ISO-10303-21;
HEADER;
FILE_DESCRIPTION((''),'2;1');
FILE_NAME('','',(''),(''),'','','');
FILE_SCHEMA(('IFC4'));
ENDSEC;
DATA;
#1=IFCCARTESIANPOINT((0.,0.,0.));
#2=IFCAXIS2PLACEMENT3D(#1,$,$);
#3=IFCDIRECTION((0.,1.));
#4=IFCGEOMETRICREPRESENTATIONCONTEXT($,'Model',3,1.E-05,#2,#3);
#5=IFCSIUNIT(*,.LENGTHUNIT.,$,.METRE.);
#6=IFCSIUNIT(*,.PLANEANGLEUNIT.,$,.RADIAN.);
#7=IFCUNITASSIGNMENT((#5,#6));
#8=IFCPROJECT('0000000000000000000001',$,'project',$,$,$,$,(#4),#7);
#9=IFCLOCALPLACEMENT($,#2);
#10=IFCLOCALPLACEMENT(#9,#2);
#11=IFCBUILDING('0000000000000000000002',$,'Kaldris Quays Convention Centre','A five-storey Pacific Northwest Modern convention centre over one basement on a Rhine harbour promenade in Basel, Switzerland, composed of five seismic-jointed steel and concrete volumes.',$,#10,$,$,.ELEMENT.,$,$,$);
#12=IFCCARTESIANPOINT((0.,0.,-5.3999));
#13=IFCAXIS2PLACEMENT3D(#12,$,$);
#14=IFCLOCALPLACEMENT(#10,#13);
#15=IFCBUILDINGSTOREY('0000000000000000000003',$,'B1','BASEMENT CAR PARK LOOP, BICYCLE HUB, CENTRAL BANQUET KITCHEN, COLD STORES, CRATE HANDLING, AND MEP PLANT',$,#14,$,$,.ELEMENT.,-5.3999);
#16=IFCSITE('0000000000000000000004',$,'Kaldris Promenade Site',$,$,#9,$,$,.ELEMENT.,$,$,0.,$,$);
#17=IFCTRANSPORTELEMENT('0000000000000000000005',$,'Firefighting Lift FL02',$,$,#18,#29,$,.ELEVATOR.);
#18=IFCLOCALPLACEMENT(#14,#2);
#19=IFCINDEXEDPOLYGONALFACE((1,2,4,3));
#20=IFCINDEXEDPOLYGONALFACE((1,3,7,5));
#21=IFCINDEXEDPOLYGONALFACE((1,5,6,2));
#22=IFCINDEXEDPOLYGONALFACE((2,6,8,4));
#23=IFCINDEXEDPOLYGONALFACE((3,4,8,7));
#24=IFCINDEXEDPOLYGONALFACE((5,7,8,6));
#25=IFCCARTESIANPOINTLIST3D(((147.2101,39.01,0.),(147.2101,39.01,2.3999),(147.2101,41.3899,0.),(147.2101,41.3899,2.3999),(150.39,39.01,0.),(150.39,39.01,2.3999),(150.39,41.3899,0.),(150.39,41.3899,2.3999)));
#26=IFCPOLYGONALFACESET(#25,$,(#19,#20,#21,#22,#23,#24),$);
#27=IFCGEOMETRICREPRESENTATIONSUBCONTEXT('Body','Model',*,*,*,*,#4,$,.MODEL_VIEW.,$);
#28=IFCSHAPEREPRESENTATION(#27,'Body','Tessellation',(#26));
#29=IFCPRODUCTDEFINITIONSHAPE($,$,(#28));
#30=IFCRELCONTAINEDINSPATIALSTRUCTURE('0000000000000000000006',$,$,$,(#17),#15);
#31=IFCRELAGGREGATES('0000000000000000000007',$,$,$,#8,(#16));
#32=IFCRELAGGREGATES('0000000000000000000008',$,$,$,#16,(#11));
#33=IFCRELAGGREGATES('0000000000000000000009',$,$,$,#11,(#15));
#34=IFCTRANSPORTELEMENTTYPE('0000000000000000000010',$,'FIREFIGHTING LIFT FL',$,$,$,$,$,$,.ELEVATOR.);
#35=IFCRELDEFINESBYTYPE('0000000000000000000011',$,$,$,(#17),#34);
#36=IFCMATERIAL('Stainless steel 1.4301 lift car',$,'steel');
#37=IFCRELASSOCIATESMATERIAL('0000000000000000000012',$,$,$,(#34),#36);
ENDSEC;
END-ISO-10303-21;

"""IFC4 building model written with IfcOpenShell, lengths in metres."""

from ifc_helpers import new_model, si_unit, direction, frame, origin, origin_2d, place, context, subcontext, project, spatial, rectangle, extrude, material, type_object, element, save


model = new_model("IFC4")

# Units and contexts
model_context = context("Model", 3, precision=1e-05, world=origin(), true_north=direction((0.0, 1.0)))
body_context = subcontext(model_context, "Body", "Model", "MODEL_VIEW")
ifc_project = project(units=[si_unit("LENGTHUNIT", "METRE"), si_unit("PLANEANGLEUNIT", "RADIAN")], contexts=[model_context])

# Site, building, storey
site_placement = place(None, origin())
site = spatial("IfcSite", under=ifc_project, at=site_placement, Name="Kaldris Promenade Site", CompositionType="ELEMENT", RefElevation=0.0)
building_placement = place(site_placement, origin())
building = spatial("IfcBuilding", under=site, at=building_placement, Name="Kaldris Quays Convention Centre", Description="A five-storey Pacific Northwest Modern convention centre over one basement on a Rhine harbour promenade in Basel, Switzerland, composed of five seismic-jointed steel and concrete volumes.", CompositionType="ELEMENT")
storey_placement = place(building_placement, frame((0.0, 0.0, -5.3999)))
storey = spatial("IfcBuildingStorey", under=building, at=storey_placement, Name="B1", Description="BASEMENT CAR PARK LOOP, BICYCLE HUB, CENTRAL BANQUET KITCHEN, COLD STORES, CRATE HANDLING, AND MEP PLANT", CompositionType="ELEMENT", Elevation=-5.3999)

# Transport element
ifc_material_1 = material(Name="Stainless steel 1.4301 lift car", Category="steel")
transport_element_type = type_object("IfcTransportElementType", Name="FIREFIGHTING LIFT FL", PredefinedType="ELEVATOR", material=ifc_material_1)
transport_element_placement = place(storey_placement, frame((148.8, 40.2, 0.0), z_axis=(0.0, 0.0, 1.0), x_axis=(1.0, 0.0, 0.0)))
element("IfcTransportElement", 1, at=transport_element_placement, inside=storey, type_object=transport_element_type, Name="Firefighting Lift FL02", PredefinedType="ELEVATOR", context=body_context, shape_type="SweptSolid", body=[
    extrude(rectangle(XDim=3.1799, YDim=2.3799, at=origin_2d()), origin(), (0.0, 0.0, 1.0), 2.3999),
])

save(model, "model.ifc")
